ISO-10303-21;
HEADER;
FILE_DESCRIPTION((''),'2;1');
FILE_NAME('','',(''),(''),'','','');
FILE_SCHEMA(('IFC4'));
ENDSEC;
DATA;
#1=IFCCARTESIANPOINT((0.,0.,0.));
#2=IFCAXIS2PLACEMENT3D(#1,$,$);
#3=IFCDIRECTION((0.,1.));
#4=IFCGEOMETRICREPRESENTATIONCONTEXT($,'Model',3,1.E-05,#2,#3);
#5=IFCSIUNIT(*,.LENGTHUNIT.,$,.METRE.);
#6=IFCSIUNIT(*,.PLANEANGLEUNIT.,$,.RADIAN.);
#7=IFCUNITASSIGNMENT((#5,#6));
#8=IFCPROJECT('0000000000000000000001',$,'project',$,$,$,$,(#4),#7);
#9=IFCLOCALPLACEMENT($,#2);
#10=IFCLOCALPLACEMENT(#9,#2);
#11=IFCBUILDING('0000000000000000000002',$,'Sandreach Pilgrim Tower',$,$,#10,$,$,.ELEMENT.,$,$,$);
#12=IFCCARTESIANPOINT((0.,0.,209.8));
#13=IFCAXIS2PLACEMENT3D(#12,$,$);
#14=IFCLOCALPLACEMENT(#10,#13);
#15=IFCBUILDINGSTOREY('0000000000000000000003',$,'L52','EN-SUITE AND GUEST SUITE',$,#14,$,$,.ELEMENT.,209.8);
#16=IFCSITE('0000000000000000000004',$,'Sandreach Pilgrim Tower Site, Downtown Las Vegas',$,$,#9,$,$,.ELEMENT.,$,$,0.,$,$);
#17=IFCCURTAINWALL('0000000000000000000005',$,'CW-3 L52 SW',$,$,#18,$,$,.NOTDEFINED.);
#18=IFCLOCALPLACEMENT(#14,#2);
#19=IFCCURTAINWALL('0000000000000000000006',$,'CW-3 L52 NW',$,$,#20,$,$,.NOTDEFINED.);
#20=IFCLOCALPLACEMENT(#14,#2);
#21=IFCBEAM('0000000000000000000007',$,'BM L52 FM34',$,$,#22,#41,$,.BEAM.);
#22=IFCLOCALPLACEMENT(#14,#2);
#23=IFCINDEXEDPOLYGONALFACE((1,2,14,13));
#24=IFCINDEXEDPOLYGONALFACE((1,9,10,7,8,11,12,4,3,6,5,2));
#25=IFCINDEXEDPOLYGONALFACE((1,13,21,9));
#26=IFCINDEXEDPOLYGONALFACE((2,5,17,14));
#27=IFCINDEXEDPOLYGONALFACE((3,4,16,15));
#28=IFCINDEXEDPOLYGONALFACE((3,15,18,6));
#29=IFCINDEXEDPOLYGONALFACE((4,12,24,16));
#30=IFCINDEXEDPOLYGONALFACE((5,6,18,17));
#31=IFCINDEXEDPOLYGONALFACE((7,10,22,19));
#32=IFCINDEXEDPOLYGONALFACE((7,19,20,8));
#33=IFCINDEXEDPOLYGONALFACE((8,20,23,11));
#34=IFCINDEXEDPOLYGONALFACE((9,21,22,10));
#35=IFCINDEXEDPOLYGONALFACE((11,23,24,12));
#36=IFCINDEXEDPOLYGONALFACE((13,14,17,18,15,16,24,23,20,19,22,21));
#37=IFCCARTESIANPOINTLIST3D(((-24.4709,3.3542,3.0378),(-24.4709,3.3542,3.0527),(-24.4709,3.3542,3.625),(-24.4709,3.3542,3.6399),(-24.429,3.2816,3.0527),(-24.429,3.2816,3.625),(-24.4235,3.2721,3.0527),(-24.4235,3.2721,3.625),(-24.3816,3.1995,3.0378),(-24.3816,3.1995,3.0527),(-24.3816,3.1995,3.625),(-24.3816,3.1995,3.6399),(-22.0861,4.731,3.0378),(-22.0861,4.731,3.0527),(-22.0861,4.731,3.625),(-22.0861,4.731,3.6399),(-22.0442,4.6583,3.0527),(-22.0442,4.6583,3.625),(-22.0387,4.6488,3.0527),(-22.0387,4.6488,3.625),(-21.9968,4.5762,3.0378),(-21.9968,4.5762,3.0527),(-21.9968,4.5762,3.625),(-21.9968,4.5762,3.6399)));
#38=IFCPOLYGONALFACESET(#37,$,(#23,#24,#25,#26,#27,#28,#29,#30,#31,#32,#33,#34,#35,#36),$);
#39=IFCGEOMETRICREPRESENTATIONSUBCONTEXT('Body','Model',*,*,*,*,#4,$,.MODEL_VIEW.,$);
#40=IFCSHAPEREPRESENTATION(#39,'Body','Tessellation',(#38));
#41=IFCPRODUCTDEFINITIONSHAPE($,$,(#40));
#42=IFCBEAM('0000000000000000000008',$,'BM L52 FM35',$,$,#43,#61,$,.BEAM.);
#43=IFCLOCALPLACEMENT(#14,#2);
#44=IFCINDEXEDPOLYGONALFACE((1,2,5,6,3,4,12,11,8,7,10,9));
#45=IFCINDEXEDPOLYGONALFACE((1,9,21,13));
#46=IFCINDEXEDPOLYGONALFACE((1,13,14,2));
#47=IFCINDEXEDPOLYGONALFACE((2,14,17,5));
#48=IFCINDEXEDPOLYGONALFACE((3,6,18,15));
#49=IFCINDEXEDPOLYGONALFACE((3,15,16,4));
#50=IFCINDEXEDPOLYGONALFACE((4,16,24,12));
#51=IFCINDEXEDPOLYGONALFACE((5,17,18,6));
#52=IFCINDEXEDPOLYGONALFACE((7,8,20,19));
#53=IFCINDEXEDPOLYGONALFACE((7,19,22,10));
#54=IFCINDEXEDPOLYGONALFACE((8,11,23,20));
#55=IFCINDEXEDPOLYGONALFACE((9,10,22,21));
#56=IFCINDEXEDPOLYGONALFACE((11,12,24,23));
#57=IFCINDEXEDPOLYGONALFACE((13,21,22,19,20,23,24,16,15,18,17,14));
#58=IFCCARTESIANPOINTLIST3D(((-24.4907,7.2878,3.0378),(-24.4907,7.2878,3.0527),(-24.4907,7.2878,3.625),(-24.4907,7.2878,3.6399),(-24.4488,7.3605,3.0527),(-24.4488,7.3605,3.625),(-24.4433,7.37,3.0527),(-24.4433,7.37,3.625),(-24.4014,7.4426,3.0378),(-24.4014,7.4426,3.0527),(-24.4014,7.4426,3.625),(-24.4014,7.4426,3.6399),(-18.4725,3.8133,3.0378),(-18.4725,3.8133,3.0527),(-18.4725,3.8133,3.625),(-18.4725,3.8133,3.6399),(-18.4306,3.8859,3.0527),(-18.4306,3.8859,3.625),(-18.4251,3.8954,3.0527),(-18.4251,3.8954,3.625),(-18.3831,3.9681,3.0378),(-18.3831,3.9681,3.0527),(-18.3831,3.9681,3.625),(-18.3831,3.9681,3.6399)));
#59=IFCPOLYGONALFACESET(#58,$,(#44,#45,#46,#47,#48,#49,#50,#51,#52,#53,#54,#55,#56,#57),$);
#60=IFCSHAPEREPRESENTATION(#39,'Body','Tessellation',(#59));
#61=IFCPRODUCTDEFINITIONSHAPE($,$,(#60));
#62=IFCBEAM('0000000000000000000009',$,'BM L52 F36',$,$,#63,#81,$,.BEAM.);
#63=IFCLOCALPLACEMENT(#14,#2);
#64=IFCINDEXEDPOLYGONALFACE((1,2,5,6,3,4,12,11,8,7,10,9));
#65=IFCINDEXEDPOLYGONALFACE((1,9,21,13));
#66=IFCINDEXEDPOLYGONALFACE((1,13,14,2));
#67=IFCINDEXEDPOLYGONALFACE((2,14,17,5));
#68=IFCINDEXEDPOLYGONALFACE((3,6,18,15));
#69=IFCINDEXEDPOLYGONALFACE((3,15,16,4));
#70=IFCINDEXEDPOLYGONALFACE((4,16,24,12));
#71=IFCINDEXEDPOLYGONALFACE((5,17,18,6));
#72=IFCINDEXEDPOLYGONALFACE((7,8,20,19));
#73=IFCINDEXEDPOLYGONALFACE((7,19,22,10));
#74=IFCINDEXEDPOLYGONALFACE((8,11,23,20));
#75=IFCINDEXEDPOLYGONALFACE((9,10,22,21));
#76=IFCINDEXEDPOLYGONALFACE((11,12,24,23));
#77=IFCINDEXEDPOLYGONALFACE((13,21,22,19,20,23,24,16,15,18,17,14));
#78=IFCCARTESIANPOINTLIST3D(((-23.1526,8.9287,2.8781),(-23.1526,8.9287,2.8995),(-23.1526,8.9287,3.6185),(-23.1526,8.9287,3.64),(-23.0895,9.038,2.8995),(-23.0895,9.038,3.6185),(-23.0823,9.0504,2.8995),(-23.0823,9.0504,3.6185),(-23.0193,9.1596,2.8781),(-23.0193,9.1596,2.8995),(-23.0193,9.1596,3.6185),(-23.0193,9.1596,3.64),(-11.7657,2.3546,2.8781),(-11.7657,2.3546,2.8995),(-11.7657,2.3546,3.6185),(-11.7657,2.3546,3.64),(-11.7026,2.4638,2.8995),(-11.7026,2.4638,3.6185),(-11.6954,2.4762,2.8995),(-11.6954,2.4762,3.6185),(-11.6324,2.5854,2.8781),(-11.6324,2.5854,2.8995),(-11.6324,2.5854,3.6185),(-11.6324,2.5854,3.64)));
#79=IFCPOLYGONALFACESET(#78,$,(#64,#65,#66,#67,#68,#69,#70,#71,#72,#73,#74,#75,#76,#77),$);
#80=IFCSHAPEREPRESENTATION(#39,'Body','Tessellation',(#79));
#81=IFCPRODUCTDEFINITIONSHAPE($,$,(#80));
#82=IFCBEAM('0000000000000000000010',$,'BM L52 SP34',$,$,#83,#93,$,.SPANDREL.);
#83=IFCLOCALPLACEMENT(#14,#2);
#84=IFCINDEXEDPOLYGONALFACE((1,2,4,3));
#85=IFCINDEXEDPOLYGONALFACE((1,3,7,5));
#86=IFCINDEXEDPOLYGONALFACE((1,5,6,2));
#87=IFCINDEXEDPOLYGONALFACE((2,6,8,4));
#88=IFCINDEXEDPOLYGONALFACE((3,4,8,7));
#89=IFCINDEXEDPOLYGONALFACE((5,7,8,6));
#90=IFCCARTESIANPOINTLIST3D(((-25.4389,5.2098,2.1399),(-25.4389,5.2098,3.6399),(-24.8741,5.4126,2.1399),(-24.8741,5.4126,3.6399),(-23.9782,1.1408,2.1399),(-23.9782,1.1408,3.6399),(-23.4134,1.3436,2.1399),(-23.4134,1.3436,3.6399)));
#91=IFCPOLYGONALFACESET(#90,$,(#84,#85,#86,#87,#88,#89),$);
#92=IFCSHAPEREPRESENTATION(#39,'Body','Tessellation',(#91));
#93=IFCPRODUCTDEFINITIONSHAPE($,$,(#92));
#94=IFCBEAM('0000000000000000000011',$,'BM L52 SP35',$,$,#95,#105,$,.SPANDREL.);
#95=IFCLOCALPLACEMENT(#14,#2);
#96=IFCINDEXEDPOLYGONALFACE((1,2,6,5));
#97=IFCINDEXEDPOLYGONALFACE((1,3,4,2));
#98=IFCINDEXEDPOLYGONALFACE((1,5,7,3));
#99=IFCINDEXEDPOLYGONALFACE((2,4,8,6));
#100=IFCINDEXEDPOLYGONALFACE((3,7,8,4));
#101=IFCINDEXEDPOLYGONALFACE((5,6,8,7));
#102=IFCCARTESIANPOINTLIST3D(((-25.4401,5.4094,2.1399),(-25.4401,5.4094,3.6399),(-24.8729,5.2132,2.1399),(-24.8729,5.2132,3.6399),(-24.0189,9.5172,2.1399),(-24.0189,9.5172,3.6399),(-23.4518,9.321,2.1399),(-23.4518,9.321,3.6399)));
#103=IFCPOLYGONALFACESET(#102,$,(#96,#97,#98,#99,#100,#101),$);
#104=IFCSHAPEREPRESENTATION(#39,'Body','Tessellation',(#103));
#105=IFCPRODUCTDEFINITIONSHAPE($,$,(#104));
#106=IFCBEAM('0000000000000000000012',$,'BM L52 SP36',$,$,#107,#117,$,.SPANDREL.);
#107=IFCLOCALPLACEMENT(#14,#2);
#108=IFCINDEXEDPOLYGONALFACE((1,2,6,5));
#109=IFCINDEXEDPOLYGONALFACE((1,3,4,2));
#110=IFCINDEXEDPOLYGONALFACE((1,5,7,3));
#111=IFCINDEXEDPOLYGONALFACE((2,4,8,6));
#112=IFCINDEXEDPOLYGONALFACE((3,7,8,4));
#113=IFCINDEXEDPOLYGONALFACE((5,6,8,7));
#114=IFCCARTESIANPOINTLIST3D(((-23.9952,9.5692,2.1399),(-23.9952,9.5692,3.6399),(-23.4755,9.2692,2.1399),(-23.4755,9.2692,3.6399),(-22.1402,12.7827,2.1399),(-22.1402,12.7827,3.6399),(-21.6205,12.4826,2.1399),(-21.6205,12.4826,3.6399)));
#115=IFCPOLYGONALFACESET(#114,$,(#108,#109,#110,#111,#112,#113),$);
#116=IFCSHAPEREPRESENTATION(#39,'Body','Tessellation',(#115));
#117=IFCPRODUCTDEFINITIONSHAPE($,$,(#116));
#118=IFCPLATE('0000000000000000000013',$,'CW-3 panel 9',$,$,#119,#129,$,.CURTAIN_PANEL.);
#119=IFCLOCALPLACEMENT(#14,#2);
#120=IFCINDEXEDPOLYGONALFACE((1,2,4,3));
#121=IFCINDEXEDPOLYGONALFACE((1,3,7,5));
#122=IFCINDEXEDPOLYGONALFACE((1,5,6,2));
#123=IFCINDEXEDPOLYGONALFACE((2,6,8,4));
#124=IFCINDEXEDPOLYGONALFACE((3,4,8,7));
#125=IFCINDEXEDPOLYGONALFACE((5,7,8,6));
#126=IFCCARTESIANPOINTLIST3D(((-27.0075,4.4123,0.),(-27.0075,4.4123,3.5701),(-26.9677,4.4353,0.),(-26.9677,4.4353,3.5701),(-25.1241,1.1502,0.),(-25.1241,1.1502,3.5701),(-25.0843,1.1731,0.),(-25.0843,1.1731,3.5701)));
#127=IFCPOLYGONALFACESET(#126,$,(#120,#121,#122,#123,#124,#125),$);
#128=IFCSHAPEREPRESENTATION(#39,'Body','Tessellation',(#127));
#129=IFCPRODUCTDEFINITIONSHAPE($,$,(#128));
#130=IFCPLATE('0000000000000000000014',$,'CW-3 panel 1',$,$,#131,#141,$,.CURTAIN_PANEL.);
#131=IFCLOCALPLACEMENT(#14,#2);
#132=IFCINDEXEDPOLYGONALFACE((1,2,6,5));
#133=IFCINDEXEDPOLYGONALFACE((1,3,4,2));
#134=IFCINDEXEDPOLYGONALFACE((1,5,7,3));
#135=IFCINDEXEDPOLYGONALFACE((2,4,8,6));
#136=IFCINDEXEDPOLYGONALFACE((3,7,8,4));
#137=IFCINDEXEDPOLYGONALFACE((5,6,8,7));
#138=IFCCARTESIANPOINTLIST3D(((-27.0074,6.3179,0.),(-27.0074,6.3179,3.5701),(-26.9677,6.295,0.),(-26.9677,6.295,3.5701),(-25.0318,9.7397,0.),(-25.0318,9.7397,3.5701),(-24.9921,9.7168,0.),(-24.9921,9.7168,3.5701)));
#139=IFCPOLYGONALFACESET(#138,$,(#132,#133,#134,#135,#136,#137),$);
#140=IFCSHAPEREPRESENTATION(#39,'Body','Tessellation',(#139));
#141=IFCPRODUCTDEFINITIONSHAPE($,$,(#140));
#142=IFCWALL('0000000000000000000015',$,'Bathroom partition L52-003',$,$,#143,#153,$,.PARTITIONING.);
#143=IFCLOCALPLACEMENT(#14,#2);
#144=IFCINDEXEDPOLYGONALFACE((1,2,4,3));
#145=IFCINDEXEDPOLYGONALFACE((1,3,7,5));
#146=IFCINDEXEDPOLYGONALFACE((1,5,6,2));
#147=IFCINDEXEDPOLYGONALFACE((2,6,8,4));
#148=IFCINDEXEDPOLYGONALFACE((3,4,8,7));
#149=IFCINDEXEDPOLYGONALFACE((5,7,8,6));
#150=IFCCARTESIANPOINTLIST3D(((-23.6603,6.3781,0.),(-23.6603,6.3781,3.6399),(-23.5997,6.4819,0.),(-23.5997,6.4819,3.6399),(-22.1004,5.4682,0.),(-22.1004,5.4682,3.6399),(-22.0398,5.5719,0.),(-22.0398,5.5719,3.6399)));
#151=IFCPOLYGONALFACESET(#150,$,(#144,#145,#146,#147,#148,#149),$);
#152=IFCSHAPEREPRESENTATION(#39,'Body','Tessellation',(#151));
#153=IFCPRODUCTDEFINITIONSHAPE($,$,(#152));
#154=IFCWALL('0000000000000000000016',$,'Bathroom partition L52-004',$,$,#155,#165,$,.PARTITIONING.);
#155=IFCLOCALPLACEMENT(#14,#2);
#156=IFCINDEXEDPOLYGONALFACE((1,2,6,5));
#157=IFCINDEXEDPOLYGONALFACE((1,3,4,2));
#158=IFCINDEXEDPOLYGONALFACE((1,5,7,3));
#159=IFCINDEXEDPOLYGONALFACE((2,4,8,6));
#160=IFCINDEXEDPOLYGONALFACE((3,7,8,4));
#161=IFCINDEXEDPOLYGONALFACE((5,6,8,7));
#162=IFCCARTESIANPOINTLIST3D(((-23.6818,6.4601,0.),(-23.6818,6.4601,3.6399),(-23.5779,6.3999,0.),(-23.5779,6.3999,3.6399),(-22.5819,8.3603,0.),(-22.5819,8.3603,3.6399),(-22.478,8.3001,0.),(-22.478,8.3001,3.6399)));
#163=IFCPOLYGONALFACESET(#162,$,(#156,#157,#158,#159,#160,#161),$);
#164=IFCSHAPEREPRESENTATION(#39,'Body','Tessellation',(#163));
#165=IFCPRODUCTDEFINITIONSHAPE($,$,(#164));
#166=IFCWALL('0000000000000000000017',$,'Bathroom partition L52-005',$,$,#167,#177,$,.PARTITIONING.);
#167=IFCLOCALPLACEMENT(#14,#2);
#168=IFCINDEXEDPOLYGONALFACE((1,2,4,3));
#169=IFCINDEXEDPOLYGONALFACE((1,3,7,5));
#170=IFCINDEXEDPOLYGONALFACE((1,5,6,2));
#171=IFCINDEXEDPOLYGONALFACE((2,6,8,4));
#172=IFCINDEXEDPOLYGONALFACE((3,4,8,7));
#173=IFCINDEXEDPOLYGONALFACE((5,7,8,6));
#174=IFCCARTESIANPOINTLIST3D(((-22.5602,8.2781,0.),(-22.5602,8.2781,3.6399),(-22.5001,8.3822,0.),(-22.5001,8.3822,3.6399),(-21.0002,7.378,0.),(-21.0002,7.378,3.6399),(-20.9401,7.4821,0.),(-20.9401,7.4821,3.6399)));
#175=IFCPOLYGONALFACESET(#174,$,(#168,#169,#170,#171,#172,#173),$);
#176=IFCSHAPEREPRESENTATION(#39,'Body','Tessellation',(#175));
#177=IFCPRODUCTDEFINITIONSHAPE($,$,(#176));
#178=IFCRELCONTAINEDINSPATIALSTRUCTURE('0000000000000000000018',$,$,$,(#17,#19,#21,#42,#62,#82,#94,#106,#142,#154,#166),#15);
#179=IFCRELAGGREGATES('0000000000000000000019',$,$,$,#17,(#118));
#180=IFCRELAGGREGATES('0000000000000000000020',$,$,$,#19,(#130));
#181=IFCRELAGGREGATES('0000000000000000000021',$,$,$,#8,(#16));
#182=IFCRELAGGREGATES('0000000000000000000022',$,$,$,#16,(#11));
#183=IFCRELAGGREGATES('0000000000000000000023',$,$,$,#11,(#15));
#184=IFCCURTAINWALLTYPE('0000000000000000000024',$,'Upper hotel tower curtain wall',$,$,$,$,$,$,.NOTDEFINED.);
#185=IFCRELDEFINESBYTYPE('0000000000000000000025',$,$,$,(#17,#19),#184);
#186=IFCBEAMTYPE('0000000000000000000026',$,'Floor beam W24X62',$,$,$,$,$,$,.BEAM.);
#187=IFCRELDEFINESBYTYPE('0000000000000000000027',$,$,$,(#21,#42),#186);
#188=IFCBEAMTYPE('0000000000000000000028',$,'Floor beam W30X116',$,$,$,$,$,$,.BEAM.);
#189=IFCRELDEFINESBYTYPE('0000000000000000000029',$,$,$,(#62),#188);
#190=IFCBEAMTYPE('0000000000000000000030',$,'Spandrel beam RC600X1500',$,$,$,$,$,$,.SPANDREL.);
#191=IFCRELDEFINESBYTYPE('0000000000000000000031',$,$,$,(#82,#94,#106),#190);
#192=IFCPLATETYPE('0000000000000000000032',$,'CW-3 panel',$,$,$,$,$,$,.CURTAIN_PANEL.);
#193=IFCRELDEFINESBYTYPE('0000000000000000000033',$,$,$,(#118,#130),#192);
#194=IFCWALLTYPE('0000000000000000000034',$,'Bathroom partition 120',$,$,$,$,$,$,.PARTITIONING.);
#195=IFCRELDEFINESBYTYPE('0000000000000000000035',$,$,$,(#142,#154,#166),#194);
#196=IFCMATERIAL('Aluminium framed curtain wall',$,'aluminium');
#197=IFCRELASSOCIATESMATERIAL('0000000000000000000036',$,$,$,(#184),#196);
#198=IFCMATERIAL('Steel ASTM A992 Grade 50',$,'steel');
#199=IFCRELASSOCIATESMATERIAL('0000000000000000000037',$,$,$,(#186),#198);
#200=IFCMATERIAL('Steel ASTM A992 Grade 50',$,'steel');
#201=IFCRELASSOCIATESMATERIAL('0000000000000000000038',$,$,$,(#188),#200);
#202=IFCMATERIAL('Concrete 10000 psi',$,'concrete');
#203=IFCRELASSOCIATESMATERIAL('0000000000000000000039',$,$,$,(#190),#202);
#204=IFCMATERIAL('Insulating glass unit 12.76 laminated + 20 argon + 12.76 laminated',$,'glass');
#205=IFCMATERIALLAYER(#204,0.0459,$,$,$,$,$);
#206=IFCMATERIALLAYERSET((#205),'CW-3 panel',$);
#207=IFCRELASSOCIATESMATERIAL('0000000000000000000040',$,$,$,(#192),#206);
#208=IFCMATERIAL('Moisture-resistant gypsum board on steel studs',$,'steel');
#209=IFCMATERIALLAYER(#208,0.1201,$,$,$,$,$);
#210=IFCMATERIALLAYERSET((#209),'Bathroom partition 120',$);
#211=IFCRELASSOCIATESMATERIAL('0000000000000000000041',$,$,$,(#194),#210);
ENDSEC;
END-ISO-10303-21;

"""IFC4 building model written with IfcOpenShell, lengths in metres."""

from ifc_helpers import new_model, si_unit, direction, frame, frame_2d, origin, origin_2d, place, context, subcontext, project, spatial, rectangle, i_section, extrude, material, layer, layer_set, material_profile, profile_set, type_object, element, aggregate, save


model = new_model("IFC4")

# Units and contexts
model_context = context("Model", 3, precision=1e-05, world=origin(), true_north=direction((0.0, 1.0)))
body_context = subcontext(model_context, "Body", "Model", "MODEL_VIEW")
ifc_project = project(units=[si_unit("LENGTHUNIT", "METRE"), si_unit("PLANEANGLEUNIT", "RADIAN")], contexts=[model_context])

# Site, building, storey
site_placement = place(None, origin())
site = spatial("IfcSite", under=ifc_project, at=site_placement, Name="Sandreach Pilgrim Tower Site, Downtown Las Vegas", CompositionType="ELEMENT", RefElevation=0.0)
building_placement = place(site_placement, origin())
building = spatial("IfcBuilding", under=site, at=building_placement, Name="Sandreach Pilgrim Tower", CompositionType="ELEMENT")
storey_placement = place(building_placement, frame((0.0, 0.0, 209.8)))
storey = spatial("IfcBuildingStorey", under=building, at=storey_placement, Name="L52", Description="EN-SUITE AND GUEST SUITE", CompositionType="ELEMENT", Elevation=209.8)

# Curtain walls
ifc_material_1 = material(Name="Aluminium framed curtain wall", Category="aluminium")
curtain_wall_type = type_object("IfcCurtainWallType", Name="Upper hotel tower curtain wall", PredefinedType="NOTDEFINED", material=ifc_material_1)
curtain_wall_1_placement = place(storey_placement, origin())
curtain_wall_1 = element("IfcCurtainWall", 1, at=curtain_wall_1_placement, inside=storey, type_object=curtain_wall_type, Name="CW-3 L52 SW", PredefinedType="NOTDEFINED")
curtain_wall_2_placement = place(storey_placement, origin())
curtain_wall_2 = element("IfcCurtainWall", 2, at=curtain_wall_2_placement, inside=storey, type_object=curtain_wall_type, Name="CW-3 L52 NW", PredefinedType="NOTDEFINED")

# Beams
ifc_material_2 = material(Name="Steel ASTM A992 Grade 50", Category="steel")
ifc_material_profile_1 = material_profile(ifc_material_2, i_section(OverallWidth=0.1787, OverallDepth=0.6021, WebThickness=0.011, FlangeThickness=0.0149, at=origin_2d()), Name="W24X62")
ifc_profile_set_1 = profile_set([ifc_material_profile_1], Name="Steel ASTM A992 Grade 50")
beam_type_1 = type_object("IfcBeamType", Name="Floor beam W24X62", PredefinedType="BEAM", material=ifc_profile_set_1)
beam_1_placement = place(storey_placement, frame((-24.4263, 3.2769, 3.3389), z_axis=(0.866047, 0.499963, 0.0), x_axis=(-0.499963, 0.866047, 0.0)))
element("IfcBeam", 3, at=beam_1_placement, inside=storey, type_object=beam_type_1, Name="BM L52 FM34", PredefinedType="BEAM", context=body_context, shape_type="SweptSolid", body=[
    extrude(i_section(OverallWidth=0.1787, OverallDepth=0.6021, WebThickness=0.011, FlangeThickness=0.0149, at=origin_2d()), origin(), (0.0, 0.0, 1.0), 2.7537),
])
beam_2_placement = place(storey_placement, frame((-24.446, 7.3652, 3.3389), z_axis=(0.866029, -0.499993, 0.0), x_axis=(0.499993, 0.866029, 0.0)))
element("IfcBeam", 4, at=beam_2_placement, inside=storey, type_object=beam_type_1, Name="BM L52 FM35", PredefinedType="BEAM", context=body_context, shape_type="SweptSolid", body=[
    extrude(i_section(OverallWidth=0.1787, OverallDepth=0.6021, WebThickness=0.011, FlangeThickness=0.0149, at=origin_2d()), origin(), (0.0, 0.0, 1.0), 6.9492),
])
ifc_material_3 = material(Name="Steel ASTM A992 Grade 50", Category="steel")
ifc_material_profile_2 = material_profile(ifc_material_3, i_section(OverallWidth=0.2666, OverallDepth=0.762, WebThickness=0.0144, FlangeThickness=0.0215, at=origin_2d()), Name="W30X116")
ifc_profile_set_2 = profile_set([ifc_material_profile_2], Name="Steel ASTM A992 Grade 50")
beam_type_2 = type_object("IfcBeamType", Name="Floor beam W30X116", PredefinedType="BEAM", material=ifc_profile_set_2)
beam_3_placement = place(storey_placement, frame((-23.0859, 9.0442, 3.259), z_axis=(0.866027, -0.499997, 0.0), x_axis=(0.499997, 0.866027, 0.0)))
element("IfcBeam", 5, at=beam_3_placement, inside=storey, type_object=beam_type_2, Name="BM L52 F36", PredefinedType="BEAM", context=body_context, shape_type="SweptSolid", body=[
    extrude(i_section(OverallWidth=0.2666, OverallDepth=0.762, WebThickness=0.0144, FlangeThickness=0.0215, at=origin_2d()), origin(), (0.0, 0.0, 1.0), 13.1484),
])
ifc_material_4 = material(Name="Concrete 10000 psi", Category="concrete")
ifc_material_profile_3 = material_profile(ifc_material_4, rectangle(XDim=0.6001, YDim=1.5, at=origin_2d()), Name="RC600X1500")
ifc_profile_set_3 = profile_set([ifc_material_profile_3], Name="Concrete 10000 psi")
beam_type_3 = type_object("IfcBeamType", Name="Spandrel beam RC600X1500", PredefinedType="SPANDREL", material=ifc_profile_set_3)
beam_4_placement = place(storey_placement, frame((-23.6958, 1.2422, 2.8899), z_axis=(-0.337863, 0.941195, 0.0), x_axis=(-0.941195, -0.337863, 0.0)))
element("IfcBeam", 6, at=beam_4_placement, inside=storey, type_object=beam_type_3, Name="BM L52 SP34", PredefinedType="SPANDREL", context=body_context, shape_type="SweptSolid", body=[
    extrude(rectangle(XDim=0.6001, YDim=1.5, at=origin_2d()), origin(), (0.0, 0.0, 1.0), 4.3232),
])
beam_5_placement = place(storey_placement, frame((-25.1565, 5.3113, 2.8899), z_axis=(0.326941, 0.945045, 0.0), x_axis=(-0.945045, 0.326941, 0.0)))
element("IfcBeam", 7, at=beam_5_placement, inside=storey, type_object=beam_type_3, Name="BM L52 SP35", PredefinedType="SPANDREL", context=body_context, shape_type="SweptSolid", body=[
    extrude(rectangle(XDim=0.6001, YDim=1.5, at=origin_2d()), origin(), (0.0, 0.0, 1.0), 4.3467),
])
beam_6_placement = place(storey_placement, frame((-23.7354, 9.4192, 2.8899), z_axis=(0.499946, 0.866056, 0.0), x_axis=(-0.866056, 0.499946, 0.0)))
element("IfcBeam", 8, at=beam_6_placement, inside=storey, type_object=beam_type_3, Name="BM L52 SP36", PredefinedType="SPANDREL", context=body_context, shape_type="SweptSolid", body=[
    extrude(rectangle(XDim=0.6001, YDim=1.5, at=origin_2d()), origin(), (0.0, 0.0, 1.0), 3.7104),
])

# Plates
ifc_material_5 = material(Name="Insulating glass unit 12.76 laminated + 20 argon + 12.76 laminated", Category="glass")
ifc_layer_1 = layer(ifc_material_5, 0.0459)
ifc_layer_set_1 = layer_set([ifc_layer_1], Name="CW-3 panel")
plate_type = type_object("IfcPlateType", Name="CW-3 panel", PredefinedType="CURTAIN_PANEL", material=ifc_layer_set_1)
plate_1_placement = place(storey_placement, frame((-26.0459, 2.7927, 0.0), z_axis=(0.0, 0.0, 1.0), x_axis=(-0.5, 0.866025, 0.0)))
plate_1 = element("IfcPlate", 9, at=plate_1_placement, type_object=plate_type, Name="CW-3 panel 9", PredefinedType="CURTAIN_PANEL", context=body_context, shape_type="SweptSolid", body=[
    extrude(rectangle(XDim=3.7668, YDim=0.0459, at=origin_2d()), origin(), (0.0, 0.0, 1.0), 3.5701),
])
aggregate(curtain_wall_1, [plate_1])
plate_2_placement = place(storey_placement, frame((-25.9998, 8.0173, 0.0), z_axis=(0.0, 0.0, 1.0), x_axis=(0.5, 0.866025, 0.0)))
plate_2 = element("IfcPlate", 10, at=plate_2_placement, type_object=plate_type, Name="CW-3 panel 1", PredefinedType="CURTAIN_PANEL", context=body_context, shape_type="SweptSolid", body=[
    extrude(rectangle(XDim=3.9512, YDim=0.0459, at=origin_2d()), origin(), (0.0, 0.0, 1.0), 3.5701),
])
aggregate(curtain_wall_2, [plate_2])

# Walls
ifc_material_6 = material(Name="Moisture-resistant gypsum board on steel studs", Category="steel")
ifc_layer_2 = layer(ifc_material_6, 0.1201)
ifc_layer_set_2 = layer_set([ifc_layer_2], Name="Bathroom partition 120")
wall_type_1 = type_object("IfcWallType", Name="Bathroom partition 120", PredefinedType="PARTITIONING", material=ifc_layer_set_2)
wall_1_placement = place(storey_placement, frame((-23.6299, 6.4299, 0.0), z_axis=(0.0, 0.0, 1.0), x_axis=(0.863774, -0.503879, 0.0)))
element("IfcWall", 11, at=wall_1_placement, inside=storey, type_object=wall_type_1, Name="Bathroom partition L52-003", PredefinedType="PARTITIONING", context=body_context, shape_type="SweptSolid", body=[
    extrude(rectangle(XDim=1.8059, YDim=0.1201, at=frame_2d((0.9028, 0.0))), origin(), (0.0, 0.0, 1.0), 3.6399),
])
wall_2_placement = place(storey_placement, frame((-22.53, 8.3301, 0.0), z_axis=(0.0, 0.0, 1.0), x_axis=(-0.500957, -0.865472, 0.0)))
element("IfcWall", 12, at=wall_2_placement, inside=storey, type_object=wall_type_1, Name="Bathroom partition L52-004", PredefinedType="PARTITIONING", context=body_context, shape_type="SweptSolid", body=[
    extrude(rectangle(XDim=2.1956, YDim=0.1201, at=frame_2d((1.0977, 0.0))), origin(), (0.0, 0.0, 1.0), 3.6399),
])
wall_3_placement = place(storey_placement, frame((-22.53, 8.3301, 0.0), z_axis=(0.0, 0.0, 1.0), x_axis=(0.866159, -0.499769, 0.0)))
element("IfcWall", 13, at=wall_3_placement, inside=storey, type_object=wall_type_1, Name="Bathroom partition L52-005", PredefinedType="PARTITIONING", context=body_context, shape_type="SweptSolid", body=[
    extrude(rectangle(XDim=1.801, YDim=0.1201, at=frame_2d((0.9004, 0.0))), origin(), (0.0, 0.0, 1.0), 3.6399),
])

save(model, "model.ifc")
